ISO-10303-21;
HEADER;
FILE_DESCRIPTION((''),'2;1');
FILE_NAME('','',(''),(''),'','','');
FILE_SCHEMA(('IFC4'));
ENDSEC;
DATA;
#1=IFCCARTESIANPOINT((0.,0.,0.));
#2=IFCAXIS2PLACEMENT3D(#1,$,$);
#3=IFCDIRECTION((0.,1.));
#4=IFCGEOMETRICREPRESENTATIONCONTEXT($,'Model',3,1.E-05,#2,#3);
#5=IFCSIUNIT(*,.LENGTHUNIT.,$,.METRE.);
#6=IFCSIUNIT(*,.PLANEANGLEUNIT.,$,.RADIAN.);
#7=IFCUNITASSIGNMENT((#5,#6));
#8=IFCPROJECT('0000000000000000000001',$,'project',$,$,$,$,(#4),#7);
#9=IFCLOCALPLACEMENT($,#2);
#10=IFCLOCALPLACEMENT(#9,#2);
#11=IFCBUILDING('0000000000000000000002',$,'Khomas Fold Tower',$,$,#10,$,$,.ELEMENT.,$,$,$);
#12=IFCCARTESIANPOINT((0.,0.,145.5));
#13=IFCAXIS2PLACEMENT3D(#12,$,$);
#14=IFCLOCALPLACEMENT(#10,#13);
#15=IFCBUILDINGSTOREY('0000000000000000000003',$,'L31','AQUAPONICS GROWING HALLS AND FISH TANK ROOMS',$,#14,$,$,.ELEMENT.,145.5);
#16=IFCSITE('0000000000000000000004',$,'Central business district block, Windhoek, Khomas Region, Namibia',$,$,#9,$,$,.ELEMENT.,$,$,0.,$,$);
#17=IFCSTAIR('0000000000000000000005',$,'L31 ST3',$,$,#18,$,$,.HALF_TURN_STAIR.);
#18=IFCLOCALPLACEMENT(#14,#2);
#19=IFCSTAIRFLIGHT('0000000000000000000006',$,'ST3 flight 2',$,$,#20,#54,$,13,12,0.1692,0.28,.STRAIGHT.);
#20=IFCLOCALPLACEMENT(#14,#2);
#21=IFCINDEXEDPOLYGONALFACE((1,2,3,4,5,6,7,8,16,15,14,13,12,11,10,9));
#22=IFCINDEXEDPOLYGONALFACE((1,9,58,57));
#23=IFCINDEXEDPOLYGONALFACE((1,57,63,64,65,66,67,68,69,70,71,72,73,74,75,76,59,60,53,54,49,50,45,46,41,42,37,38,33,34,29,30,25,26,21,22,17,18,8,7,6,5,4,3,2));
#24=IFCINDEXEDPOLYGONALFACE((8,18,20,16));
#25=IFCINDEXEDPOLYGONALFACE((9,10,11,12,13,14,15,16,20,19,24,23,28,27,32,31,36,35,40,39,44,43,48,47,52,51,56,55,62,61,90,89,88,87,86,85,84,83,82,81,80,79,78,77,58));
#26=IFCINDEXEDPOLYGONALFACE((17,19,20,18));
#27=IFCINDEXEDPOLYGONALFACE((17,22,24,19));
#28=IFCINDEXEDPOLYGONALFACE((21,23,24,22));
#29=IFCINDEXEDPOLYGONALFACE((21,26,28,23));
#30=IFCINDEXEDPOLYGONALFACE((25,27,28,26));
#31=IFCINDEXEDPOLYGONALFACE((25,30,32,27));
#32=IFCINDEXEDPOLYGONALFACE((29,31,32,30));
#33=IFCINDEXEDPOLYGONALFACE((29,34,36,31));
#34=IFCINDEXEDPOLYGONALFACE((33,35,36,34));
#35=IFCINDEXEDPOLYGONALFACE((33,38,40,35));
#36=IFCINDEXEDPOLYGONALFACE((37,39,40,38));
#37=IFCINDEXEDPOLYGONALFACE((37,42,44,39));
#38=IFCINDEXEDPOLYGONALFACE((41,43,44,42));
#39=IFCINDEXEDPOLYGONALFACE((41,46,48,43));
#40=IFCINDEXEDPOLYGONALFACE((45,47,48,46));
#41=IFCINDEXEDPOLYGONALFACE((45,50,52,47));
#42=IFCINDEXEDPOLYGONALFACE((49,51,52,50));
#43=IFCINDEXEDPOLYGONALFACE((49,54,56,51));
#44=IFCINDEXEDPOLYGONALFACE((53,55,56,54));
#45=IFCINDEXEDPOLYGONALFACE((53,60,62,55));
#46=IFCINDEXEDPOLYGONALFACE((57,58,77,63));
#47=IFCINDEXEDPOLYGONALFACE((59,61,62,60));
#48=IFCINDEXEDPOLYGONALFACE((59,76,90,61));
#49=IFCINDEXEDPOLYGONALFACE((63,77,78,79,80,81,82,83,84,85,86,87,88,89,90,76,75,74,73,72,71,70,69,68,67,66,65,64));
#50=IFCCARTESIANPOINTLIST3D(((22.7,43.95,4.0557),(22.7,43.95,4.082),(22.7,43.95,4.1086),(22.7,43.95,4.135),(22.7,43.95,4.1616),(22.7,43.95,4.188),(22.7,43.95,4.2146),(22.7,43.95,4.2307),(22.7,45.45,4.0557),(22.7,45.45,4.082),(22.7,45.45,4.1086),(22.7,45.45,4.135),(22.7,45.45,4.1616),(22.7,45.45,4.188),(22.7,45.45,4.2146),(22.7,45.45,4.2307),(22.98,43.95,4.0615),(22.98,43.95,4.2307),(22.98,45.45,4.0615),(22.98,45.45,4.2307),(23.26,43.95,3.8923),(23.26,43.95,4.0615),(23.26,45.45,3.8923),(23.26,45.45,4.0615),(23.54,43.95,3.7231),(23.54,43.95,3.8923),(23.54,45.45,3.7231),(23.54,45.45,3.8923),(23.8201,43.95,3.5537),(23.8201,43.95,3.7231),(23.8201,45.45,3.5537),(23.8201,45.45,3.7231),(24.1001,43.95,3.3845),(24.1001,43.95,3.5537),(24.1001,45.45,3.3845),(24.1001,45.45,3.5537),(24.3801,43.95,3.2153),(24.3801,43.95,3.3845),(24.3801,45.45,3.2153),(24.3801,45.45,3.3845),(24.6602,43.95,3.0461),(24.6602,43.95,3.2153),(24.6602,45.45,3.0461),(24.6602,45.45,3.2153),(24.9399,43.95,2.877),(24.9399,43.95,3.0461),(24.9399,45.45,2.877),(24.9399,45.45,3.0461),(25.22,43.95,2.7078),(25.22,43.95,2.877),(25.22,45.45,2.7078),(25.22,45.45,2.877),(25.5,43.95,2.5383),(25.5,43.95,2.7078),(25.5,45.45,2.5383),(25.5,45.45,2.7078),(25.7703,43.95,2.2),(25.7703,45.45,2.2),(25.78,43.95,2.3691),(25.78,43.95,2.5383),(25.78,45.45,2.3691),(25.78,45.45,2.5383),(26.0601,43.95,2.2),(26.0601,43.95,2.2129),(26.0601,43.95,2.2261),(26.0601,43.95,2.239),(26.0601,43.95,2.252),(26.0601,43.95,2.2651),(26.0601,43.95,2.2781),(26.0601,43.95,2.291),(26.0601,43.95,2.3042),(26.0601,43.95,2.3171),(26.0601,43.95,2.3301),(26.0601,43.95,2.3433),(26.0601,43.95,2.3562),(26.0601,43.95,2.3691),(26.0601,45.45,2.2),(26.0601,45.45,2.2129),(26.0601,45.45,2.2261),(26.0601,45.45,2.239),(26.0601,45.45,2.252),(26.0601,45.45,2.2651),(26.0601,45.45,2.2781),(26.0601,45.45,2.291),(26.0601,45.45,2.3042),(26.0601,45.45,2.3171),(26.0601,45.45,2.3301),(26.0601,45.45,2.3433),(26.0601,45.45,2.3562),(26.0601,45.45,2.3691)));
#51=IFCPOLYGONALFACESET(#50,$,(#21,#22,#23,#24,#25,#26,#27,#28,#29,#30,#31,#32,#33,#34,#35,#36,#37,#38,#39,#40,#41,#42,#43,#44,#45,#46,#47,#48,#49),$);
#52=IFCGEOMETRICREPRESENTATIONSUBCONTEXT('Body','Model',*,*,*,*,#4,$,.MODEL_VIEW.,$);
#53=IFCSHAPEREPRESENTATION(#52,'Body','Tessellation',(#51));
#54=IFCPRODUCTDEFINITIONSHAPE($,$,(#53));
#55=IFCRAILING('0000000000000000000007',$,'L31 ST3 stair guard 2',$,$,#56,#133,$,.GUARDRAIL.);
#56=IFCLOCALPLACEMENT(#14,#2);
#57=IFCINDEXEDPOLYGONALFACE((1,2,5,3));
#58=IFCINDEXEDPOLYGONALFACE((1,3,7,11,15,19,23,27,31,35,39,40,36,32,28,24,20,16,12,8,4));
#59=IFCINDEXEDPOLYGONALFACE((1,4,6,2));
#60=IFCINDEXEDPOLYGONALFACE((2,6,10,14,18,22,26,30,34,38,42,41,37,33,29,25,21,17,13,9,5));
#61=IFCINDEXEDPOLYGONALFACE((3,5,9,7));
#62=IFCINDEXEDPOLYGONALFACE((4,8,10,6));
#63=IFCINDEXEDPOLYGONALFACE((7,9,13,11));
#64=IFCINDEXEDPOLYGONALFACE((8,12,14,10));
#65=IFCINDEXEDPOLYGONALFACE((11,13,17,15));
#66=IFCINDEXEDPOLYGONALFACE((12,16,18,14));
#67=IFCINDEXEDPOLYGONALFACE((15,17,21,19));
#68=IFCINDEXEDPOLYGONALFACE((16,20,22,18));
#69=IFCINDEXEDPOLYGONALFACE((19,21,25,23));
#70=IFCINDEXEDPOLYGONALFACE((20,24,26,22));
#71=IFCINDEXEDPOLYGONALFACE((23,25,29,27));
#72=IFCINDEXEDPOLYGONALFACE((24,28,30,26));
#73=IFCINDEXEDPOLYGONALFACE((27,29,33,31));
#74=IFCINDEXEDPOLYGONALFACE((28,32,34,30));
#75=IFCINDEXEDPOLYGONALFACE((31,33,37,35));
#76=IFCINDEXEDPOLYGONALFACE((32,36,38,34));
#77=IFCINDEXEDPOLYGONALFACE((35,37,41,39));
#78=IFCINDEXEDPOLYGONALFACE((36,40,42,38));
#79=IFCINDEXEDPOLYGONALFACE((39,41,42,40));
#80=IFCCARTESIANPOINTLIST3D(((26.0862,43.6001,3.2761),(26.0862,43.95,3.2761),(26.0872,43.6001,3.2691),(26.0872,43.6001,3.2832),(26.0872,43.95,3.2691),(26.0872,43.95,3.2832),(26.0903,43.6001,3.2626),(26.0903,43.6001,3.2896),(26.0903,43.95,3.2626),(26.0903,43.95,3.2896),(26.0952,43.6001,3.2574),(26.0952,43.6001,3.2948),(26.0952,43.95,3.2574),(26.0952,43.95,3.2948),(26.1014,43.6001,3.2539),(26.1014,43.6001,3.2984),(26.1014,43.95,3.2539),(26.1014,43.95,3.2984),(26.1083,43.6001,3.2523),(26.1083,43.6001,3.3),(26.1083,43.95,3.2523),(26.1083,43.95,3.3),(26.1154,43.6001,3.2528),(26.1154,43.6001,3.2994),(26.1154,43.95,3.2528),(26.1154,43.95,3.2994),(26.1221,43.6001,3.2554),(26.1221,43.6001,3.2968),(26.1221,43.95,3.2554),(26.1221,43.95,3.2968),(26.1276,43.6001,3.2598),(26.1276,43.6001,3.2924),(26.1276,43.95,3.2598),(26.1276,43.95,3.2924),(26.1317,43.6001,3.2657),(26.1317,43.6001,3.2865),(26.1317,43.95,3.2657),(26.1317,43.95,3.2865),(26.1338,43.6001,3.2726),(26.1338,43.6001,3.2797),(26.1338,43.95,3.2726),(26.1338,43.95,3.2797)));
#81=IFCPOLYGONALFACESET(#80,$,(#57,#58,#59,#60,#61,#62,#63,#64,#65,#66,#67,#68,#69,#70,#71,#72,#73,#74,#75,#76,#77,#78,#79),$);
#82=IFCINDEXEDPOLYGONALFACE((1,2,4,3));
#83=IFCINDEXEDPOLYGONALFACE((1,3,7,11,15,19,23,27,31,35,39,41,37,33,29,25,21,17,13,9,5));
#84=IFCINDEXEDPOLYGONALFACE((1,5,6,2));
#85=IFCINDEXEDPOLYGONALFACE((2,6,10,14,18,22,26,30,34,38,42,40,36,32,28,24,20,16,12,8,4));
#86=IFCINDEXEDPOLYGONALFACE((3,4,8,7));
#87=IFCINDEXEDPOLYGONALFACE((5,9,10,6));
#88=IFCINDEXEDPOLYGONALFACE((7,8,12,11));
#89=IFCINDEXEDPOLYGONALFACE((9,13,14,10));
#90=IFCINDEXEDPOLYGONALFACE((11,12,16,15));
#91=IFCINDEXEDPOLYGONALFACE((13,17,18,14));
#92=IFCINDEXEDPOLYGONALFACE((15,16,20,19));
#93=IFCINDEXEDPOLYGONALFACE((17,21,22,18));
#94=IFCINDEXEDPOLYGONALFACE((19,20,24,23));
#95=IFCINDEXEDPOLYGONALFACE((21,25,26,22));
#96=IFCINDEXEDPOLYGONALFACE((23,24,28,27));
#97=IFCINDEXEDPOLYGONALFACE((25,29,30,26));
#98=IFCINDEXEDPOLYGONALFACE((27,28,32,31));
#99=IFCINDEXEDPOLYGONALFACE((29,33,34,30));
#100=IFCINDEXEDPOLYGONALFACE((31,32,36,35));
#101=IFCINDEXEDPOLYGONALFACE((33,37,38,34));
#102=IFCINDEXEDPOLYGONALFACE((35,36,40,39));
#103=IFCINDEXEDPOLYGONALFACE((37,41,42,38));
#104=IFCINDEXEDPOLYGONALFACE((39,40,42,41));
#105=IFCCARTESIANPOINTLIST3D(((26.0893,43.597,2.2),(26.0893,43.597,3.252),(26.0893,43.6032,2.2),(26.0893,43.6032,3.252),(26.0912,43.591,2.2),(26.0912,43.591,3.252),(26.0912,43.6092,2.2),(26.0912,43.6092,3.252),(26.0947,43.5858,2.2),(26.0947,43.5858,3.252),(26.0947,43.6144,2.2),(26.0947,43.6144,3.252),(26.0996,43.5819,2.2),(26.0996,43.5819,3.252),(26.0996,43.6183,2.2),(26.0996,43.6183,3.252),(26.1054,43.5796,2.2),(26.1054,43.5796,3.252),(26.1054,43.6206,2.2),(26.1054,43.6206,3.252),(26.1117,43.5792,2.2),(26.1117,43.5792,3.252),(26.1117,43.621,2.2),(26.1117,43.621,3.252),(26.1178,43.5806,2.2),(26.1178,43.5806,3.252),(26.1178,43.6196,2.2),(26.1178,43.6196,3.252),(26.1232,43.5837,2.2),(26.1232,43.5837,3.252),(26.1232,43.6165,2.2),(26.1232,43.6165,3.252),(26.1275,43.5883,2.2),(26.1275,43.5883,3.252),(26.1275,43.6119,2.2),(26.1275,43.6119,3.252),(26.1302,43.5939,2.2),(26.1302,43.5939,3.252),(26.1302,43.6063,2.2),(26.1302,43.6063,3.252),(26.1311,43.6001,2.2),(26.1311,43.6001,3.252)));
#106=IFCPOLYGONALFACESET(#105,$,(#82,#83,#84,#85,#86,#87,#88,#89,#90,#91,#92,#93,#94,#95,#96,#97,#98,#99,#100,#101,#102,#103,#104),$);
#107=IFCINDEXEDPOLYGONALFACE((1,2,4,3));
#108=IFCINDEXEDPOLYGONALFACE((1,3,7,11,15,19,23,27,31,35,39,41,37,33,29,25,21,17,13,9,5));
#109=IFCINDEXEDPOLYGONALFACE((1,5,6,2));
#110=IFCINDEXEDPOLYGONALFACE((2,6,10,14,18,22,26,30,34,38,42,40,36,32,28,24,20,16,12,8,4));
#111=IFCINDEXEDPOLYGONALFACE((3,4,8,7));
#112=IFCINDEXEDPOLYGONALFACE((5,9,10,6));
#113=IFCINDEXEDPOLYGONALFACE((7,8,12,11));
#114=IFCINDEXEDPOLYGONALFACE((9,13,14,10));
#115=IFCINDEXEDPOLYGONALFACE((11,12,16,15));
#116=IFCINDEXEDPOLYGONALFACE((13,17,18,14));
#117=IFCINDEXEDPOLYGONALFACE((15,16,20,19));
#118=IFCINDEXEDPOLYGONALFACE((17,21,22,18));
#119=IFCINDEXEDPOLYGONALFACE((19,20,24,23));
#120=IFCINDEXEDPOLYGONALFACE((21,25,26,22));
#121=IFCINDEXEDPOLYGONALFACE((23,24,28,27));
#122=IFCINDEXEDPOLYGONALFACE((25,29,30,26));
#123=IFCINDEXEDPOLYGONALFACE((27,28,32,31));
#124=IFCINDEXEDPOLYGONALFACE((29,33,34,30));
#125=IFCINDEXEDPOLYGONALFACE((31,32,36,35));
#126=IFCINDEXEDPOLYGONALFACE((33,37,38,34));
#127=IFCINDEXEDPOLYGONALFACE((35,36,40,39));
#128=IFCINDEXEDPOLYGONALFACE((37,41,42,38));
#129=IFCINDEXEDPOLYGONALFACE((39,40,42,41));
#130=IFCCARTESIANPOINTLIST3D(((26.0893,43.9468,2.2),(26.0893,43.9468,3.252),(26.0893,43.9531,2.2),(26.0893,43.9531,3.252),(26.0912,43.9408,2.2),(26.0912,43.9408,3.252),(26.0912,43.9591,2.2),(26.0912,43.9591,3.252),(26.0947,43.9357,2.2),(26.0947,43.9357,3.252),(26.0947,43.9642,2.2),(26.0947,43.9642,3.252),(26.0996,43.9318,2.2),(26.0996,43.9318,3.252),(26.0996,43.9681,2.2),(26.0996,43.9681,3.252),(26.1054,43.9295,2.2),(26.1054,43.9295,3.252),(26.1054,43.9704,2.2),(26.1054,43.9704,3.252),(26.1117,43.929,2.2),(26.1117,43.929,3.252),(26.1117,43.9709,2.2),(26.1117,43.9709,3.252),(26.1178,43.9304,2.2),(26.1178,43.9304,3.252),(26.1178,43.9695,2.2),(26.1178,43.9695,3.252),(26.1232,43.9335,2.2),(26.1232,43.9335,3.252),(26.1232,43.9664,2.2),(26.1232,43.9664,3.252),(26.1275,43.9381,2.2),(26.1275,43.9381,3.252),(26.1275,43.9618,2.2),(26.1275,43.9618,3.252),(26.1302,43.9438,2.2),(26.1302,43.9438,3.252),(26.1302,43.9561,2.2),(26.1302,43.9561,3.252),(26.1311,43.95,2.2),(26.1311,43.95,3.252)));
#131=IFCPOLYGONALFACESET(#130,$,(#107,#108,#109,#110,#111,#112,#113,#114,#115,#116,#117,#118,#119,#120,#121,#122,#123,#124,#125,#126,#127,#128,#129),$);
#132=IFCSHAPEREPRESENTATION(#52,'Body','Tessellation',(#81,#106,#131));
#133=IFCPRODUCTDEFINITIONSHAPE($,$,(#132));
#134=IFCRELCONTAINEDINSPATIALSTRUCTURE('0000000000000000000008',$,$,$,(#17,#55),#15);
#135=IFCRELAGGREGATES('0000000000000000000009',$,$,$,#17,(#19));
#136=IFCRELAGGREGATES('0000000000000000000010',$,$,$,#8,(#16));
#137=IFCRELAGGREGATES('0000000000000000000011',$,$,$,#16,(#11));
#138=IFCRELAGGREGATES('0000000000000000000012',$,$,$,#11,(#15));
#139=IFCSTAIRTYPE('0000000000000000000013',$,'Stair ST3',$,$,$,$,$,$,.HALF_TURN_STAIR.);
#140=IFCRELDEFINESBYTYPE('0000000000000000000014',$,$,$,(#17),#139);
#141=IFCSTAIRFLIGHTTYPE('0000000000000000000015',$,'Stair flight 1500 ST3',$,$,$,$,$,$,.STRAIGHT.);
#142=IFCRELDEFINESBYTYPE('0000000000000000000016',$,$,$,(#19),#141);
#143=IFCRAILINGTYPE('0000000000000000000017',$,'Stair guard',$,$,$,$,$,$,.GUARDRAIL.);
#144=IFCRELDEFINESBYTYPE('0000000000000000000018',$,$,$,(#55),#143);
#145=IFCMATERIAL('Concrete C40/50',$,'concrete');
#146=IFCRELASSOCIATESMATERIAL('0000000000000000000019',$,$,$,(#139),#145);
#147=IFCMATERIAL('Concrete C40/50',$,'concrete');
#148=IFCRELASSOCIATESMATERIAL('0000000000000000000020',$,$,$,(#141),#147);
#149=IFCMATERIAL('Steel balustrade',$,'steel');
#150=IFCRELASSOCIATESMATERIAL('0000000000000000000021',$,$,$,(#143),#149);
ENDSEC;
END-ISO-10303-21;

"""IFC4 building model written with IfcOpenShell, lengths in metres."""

from ifc_helpers import new_model, si_unit, direction, frame, origin, origin_2d, place, context, subcontext, project, spatial, polyline, circle, outline, extrude, source, transform, mapped, material, type_object, element, aggregate, save


model = new_model("IFC4")

# Units and contexts
model_context = context("Model", 3, precision=1e-05, world=origin(), true_north=direction((0.0, 1.0)))
body_context = subcontext(model_context, "Body", "Model", "MODEL_VIEW")
ifc_project = project(units=[si_unit("LENGTHUNIT", "METRE"), si_unit("PLANEANGLEUNIT", "RADIAN")], contexts=[model_context])

# Site, building, storey
site_placement = place(None, origin())
site = spatial("IfcSite", under=ifc_project, at=site_placement, Name="Central business district block, Windhoek, Khomas Region, Namibia", CompositionType="ELEMENT", RefElevation=0.0)
building_placement = place(site_placement, origin())
building = spatial("IfcBuilding", under=site, at=building_placement, Name="Khomas Fold Tower", CompositionType="ELEMENT")
storey_placement = place(building_placement, frame((0.0, 0.0, 145.5)))
storey = spatial("IfcBuildingStorey", under=building, at=storey_placement, Name="L31", Description="AQUAPONICS GROWING HALLS AND FISH TANK ROOMS", CompositionType="ELEMENT", Elevation=145.5)

# Stair, stair flight
ifc_material_1 = material(Name="Concrete C40/50", Category="concrete")
stair_type = type_object("IfcStairType", Name="Stair ST3", PredefinedType="HALF_TURN_STAIR", material=ifc_material_1)
stair_placement = place(storey_placement, origin())
stair = element("IfcStair", 1, at=stair_placement, inside=storey, type_object=stair_type, Name="L31 ST3", PredefinedType="HALF_TURN_STAIR")
ifc_material_2 = material(Name="Concrete C40/50", Category="concrete")
stair_flight_type = type_object("IfcStairFlightType", Name="Stair flight 1500 ST3", PredefinedType="STRAIGHT", material=ifc_material_2)
shared_shape_1 = source(origin(), body_context, "Body", "SweptSolid", [
    extrude(outline(polyline([(0.0, 0.0), (0.0, 0.0129), (0.0, 0.0261), (0.0, 0.0391), (0.0, 0.052), (0.0, 0.0652), (0.0, 0.0781), (0.0, 0.0911), (0.0, 0.1042), (0.0, 0.1172), (0.0, 0.1301), (0.0, 0.1433), (0.0, 0.1562), (0.0, 0.1692), (0.28, 0.1692), (0.28, 0.3384), (0.5601, 0.3384), (0.5601, 0.5078), (0.8401, 0.5078), (0.8401, 0.677), (1.1201, 0.677), (1.1201, 0.8462), (1.3999, 0.8462), (1.3999, 1.0154), (1.6799, 1.0154), (1.6799, 1.1846), (1.96, 1.1846), (1.96, 1.3538), (2.24, 1.3538), (2.24, 1.5232), (2.52, 1.5232), (2.52, 1.6924), (2.8, 1.6924), (2.8, 1.8616), (3.0801, 1.8616), (3.0801, 2.0308), (3.3601, 2.0308), (3.3601, 2.2), (3.3601, 2.1736), (3.3601, 2.147), (3.3601, 2.1206), (3.3601, 2.094), (3.3601, 2.0676), (3.3601, 2.041), (3.3601, 2.0146), (3.3601, 1.988), (3.3601, 1.9617), (3.3601, 1.9351), (3.3601, 1.9087), (3.3601, 1.8821), (3.3601, 1.8557), (0.2898, 0.0), (0.0, 0.0)])), frame((0.0, 0.75, 0.0), z_axis=(0.0, -1.0, 0.0), x_axis=(1.0, 0.0, 0.0)), (0.0, 0.0, 1.0), 1.5),
])
stair_flight_1_placement = place(storey_placement, frame((26.0601, 44.7, 2.2), z_axis=(0.0, 0.0, 1.0), x_axis=(-1.0, 0.0, 0.0)))
stair_flight_1 = element("IfcStairFlight", 2, at=stair_flight_1_placement, type_object=stair_flight_type, Name="ST3 flight 2", NumberOfRisers=13, NumberOfTreads=12, PredefinedType="STRAIGHT", RiserHeight=0.1692, TreadLength=0.28, context=body_context, shape_type="MappedRepresentation", body=[
    mapped(shared_shape_1, transform((0.0, 0.0, 0.0))),
])
aggregate(stair, [stair_flight_1])

# Railing
ifc_material_3 = material(Name="Steel balustrade", Category="steel")
railing_type_1 = type_object("IfcRailingType", Name="Stair guard", PredefinedType="GUARDRAIL", material=ifc_material_3)
shared_shape_2 = source(origin(), body_context, "Body", "SweptSolid", [
    extrude(circle(Radius=0.0239, at=origin_2d()), frame((0.0, 0.0, 1.0762), z_axis=(0.0, 1.0, 0.0), x_axis=(-1.0, 0.0, 0.0)), (0.0, 0.0, 1.0), 0.3499),
    extrude(circle(Radius=0.021, at=origin_2d()), origin(), (0.0, 0.0, 1.0), 1.052),
    extrude(circle(Radius=0.021, at=origin_2d()), frame((0.0, 0.3499, 0.0)), (0.0, 0.0, 1.0), 1.052),
])
for number, where, name in (
    (3, (26.1101, 43.6001, 2.2), "L31 ST3 stair guard 2"),
):
    element("IfcRailing", number, at=place(storey_placement, frame(where)), inside=storey, type_object=railing_type_1, Name=name, PredefinedType="GUARDRAIL", context=body_context, shape_type="MappedRepresentation", body=[
        mapped(shared_shape_2, transform((0.0, 0.0, 0.0))),
    ])

save(model, "model.ifc")
